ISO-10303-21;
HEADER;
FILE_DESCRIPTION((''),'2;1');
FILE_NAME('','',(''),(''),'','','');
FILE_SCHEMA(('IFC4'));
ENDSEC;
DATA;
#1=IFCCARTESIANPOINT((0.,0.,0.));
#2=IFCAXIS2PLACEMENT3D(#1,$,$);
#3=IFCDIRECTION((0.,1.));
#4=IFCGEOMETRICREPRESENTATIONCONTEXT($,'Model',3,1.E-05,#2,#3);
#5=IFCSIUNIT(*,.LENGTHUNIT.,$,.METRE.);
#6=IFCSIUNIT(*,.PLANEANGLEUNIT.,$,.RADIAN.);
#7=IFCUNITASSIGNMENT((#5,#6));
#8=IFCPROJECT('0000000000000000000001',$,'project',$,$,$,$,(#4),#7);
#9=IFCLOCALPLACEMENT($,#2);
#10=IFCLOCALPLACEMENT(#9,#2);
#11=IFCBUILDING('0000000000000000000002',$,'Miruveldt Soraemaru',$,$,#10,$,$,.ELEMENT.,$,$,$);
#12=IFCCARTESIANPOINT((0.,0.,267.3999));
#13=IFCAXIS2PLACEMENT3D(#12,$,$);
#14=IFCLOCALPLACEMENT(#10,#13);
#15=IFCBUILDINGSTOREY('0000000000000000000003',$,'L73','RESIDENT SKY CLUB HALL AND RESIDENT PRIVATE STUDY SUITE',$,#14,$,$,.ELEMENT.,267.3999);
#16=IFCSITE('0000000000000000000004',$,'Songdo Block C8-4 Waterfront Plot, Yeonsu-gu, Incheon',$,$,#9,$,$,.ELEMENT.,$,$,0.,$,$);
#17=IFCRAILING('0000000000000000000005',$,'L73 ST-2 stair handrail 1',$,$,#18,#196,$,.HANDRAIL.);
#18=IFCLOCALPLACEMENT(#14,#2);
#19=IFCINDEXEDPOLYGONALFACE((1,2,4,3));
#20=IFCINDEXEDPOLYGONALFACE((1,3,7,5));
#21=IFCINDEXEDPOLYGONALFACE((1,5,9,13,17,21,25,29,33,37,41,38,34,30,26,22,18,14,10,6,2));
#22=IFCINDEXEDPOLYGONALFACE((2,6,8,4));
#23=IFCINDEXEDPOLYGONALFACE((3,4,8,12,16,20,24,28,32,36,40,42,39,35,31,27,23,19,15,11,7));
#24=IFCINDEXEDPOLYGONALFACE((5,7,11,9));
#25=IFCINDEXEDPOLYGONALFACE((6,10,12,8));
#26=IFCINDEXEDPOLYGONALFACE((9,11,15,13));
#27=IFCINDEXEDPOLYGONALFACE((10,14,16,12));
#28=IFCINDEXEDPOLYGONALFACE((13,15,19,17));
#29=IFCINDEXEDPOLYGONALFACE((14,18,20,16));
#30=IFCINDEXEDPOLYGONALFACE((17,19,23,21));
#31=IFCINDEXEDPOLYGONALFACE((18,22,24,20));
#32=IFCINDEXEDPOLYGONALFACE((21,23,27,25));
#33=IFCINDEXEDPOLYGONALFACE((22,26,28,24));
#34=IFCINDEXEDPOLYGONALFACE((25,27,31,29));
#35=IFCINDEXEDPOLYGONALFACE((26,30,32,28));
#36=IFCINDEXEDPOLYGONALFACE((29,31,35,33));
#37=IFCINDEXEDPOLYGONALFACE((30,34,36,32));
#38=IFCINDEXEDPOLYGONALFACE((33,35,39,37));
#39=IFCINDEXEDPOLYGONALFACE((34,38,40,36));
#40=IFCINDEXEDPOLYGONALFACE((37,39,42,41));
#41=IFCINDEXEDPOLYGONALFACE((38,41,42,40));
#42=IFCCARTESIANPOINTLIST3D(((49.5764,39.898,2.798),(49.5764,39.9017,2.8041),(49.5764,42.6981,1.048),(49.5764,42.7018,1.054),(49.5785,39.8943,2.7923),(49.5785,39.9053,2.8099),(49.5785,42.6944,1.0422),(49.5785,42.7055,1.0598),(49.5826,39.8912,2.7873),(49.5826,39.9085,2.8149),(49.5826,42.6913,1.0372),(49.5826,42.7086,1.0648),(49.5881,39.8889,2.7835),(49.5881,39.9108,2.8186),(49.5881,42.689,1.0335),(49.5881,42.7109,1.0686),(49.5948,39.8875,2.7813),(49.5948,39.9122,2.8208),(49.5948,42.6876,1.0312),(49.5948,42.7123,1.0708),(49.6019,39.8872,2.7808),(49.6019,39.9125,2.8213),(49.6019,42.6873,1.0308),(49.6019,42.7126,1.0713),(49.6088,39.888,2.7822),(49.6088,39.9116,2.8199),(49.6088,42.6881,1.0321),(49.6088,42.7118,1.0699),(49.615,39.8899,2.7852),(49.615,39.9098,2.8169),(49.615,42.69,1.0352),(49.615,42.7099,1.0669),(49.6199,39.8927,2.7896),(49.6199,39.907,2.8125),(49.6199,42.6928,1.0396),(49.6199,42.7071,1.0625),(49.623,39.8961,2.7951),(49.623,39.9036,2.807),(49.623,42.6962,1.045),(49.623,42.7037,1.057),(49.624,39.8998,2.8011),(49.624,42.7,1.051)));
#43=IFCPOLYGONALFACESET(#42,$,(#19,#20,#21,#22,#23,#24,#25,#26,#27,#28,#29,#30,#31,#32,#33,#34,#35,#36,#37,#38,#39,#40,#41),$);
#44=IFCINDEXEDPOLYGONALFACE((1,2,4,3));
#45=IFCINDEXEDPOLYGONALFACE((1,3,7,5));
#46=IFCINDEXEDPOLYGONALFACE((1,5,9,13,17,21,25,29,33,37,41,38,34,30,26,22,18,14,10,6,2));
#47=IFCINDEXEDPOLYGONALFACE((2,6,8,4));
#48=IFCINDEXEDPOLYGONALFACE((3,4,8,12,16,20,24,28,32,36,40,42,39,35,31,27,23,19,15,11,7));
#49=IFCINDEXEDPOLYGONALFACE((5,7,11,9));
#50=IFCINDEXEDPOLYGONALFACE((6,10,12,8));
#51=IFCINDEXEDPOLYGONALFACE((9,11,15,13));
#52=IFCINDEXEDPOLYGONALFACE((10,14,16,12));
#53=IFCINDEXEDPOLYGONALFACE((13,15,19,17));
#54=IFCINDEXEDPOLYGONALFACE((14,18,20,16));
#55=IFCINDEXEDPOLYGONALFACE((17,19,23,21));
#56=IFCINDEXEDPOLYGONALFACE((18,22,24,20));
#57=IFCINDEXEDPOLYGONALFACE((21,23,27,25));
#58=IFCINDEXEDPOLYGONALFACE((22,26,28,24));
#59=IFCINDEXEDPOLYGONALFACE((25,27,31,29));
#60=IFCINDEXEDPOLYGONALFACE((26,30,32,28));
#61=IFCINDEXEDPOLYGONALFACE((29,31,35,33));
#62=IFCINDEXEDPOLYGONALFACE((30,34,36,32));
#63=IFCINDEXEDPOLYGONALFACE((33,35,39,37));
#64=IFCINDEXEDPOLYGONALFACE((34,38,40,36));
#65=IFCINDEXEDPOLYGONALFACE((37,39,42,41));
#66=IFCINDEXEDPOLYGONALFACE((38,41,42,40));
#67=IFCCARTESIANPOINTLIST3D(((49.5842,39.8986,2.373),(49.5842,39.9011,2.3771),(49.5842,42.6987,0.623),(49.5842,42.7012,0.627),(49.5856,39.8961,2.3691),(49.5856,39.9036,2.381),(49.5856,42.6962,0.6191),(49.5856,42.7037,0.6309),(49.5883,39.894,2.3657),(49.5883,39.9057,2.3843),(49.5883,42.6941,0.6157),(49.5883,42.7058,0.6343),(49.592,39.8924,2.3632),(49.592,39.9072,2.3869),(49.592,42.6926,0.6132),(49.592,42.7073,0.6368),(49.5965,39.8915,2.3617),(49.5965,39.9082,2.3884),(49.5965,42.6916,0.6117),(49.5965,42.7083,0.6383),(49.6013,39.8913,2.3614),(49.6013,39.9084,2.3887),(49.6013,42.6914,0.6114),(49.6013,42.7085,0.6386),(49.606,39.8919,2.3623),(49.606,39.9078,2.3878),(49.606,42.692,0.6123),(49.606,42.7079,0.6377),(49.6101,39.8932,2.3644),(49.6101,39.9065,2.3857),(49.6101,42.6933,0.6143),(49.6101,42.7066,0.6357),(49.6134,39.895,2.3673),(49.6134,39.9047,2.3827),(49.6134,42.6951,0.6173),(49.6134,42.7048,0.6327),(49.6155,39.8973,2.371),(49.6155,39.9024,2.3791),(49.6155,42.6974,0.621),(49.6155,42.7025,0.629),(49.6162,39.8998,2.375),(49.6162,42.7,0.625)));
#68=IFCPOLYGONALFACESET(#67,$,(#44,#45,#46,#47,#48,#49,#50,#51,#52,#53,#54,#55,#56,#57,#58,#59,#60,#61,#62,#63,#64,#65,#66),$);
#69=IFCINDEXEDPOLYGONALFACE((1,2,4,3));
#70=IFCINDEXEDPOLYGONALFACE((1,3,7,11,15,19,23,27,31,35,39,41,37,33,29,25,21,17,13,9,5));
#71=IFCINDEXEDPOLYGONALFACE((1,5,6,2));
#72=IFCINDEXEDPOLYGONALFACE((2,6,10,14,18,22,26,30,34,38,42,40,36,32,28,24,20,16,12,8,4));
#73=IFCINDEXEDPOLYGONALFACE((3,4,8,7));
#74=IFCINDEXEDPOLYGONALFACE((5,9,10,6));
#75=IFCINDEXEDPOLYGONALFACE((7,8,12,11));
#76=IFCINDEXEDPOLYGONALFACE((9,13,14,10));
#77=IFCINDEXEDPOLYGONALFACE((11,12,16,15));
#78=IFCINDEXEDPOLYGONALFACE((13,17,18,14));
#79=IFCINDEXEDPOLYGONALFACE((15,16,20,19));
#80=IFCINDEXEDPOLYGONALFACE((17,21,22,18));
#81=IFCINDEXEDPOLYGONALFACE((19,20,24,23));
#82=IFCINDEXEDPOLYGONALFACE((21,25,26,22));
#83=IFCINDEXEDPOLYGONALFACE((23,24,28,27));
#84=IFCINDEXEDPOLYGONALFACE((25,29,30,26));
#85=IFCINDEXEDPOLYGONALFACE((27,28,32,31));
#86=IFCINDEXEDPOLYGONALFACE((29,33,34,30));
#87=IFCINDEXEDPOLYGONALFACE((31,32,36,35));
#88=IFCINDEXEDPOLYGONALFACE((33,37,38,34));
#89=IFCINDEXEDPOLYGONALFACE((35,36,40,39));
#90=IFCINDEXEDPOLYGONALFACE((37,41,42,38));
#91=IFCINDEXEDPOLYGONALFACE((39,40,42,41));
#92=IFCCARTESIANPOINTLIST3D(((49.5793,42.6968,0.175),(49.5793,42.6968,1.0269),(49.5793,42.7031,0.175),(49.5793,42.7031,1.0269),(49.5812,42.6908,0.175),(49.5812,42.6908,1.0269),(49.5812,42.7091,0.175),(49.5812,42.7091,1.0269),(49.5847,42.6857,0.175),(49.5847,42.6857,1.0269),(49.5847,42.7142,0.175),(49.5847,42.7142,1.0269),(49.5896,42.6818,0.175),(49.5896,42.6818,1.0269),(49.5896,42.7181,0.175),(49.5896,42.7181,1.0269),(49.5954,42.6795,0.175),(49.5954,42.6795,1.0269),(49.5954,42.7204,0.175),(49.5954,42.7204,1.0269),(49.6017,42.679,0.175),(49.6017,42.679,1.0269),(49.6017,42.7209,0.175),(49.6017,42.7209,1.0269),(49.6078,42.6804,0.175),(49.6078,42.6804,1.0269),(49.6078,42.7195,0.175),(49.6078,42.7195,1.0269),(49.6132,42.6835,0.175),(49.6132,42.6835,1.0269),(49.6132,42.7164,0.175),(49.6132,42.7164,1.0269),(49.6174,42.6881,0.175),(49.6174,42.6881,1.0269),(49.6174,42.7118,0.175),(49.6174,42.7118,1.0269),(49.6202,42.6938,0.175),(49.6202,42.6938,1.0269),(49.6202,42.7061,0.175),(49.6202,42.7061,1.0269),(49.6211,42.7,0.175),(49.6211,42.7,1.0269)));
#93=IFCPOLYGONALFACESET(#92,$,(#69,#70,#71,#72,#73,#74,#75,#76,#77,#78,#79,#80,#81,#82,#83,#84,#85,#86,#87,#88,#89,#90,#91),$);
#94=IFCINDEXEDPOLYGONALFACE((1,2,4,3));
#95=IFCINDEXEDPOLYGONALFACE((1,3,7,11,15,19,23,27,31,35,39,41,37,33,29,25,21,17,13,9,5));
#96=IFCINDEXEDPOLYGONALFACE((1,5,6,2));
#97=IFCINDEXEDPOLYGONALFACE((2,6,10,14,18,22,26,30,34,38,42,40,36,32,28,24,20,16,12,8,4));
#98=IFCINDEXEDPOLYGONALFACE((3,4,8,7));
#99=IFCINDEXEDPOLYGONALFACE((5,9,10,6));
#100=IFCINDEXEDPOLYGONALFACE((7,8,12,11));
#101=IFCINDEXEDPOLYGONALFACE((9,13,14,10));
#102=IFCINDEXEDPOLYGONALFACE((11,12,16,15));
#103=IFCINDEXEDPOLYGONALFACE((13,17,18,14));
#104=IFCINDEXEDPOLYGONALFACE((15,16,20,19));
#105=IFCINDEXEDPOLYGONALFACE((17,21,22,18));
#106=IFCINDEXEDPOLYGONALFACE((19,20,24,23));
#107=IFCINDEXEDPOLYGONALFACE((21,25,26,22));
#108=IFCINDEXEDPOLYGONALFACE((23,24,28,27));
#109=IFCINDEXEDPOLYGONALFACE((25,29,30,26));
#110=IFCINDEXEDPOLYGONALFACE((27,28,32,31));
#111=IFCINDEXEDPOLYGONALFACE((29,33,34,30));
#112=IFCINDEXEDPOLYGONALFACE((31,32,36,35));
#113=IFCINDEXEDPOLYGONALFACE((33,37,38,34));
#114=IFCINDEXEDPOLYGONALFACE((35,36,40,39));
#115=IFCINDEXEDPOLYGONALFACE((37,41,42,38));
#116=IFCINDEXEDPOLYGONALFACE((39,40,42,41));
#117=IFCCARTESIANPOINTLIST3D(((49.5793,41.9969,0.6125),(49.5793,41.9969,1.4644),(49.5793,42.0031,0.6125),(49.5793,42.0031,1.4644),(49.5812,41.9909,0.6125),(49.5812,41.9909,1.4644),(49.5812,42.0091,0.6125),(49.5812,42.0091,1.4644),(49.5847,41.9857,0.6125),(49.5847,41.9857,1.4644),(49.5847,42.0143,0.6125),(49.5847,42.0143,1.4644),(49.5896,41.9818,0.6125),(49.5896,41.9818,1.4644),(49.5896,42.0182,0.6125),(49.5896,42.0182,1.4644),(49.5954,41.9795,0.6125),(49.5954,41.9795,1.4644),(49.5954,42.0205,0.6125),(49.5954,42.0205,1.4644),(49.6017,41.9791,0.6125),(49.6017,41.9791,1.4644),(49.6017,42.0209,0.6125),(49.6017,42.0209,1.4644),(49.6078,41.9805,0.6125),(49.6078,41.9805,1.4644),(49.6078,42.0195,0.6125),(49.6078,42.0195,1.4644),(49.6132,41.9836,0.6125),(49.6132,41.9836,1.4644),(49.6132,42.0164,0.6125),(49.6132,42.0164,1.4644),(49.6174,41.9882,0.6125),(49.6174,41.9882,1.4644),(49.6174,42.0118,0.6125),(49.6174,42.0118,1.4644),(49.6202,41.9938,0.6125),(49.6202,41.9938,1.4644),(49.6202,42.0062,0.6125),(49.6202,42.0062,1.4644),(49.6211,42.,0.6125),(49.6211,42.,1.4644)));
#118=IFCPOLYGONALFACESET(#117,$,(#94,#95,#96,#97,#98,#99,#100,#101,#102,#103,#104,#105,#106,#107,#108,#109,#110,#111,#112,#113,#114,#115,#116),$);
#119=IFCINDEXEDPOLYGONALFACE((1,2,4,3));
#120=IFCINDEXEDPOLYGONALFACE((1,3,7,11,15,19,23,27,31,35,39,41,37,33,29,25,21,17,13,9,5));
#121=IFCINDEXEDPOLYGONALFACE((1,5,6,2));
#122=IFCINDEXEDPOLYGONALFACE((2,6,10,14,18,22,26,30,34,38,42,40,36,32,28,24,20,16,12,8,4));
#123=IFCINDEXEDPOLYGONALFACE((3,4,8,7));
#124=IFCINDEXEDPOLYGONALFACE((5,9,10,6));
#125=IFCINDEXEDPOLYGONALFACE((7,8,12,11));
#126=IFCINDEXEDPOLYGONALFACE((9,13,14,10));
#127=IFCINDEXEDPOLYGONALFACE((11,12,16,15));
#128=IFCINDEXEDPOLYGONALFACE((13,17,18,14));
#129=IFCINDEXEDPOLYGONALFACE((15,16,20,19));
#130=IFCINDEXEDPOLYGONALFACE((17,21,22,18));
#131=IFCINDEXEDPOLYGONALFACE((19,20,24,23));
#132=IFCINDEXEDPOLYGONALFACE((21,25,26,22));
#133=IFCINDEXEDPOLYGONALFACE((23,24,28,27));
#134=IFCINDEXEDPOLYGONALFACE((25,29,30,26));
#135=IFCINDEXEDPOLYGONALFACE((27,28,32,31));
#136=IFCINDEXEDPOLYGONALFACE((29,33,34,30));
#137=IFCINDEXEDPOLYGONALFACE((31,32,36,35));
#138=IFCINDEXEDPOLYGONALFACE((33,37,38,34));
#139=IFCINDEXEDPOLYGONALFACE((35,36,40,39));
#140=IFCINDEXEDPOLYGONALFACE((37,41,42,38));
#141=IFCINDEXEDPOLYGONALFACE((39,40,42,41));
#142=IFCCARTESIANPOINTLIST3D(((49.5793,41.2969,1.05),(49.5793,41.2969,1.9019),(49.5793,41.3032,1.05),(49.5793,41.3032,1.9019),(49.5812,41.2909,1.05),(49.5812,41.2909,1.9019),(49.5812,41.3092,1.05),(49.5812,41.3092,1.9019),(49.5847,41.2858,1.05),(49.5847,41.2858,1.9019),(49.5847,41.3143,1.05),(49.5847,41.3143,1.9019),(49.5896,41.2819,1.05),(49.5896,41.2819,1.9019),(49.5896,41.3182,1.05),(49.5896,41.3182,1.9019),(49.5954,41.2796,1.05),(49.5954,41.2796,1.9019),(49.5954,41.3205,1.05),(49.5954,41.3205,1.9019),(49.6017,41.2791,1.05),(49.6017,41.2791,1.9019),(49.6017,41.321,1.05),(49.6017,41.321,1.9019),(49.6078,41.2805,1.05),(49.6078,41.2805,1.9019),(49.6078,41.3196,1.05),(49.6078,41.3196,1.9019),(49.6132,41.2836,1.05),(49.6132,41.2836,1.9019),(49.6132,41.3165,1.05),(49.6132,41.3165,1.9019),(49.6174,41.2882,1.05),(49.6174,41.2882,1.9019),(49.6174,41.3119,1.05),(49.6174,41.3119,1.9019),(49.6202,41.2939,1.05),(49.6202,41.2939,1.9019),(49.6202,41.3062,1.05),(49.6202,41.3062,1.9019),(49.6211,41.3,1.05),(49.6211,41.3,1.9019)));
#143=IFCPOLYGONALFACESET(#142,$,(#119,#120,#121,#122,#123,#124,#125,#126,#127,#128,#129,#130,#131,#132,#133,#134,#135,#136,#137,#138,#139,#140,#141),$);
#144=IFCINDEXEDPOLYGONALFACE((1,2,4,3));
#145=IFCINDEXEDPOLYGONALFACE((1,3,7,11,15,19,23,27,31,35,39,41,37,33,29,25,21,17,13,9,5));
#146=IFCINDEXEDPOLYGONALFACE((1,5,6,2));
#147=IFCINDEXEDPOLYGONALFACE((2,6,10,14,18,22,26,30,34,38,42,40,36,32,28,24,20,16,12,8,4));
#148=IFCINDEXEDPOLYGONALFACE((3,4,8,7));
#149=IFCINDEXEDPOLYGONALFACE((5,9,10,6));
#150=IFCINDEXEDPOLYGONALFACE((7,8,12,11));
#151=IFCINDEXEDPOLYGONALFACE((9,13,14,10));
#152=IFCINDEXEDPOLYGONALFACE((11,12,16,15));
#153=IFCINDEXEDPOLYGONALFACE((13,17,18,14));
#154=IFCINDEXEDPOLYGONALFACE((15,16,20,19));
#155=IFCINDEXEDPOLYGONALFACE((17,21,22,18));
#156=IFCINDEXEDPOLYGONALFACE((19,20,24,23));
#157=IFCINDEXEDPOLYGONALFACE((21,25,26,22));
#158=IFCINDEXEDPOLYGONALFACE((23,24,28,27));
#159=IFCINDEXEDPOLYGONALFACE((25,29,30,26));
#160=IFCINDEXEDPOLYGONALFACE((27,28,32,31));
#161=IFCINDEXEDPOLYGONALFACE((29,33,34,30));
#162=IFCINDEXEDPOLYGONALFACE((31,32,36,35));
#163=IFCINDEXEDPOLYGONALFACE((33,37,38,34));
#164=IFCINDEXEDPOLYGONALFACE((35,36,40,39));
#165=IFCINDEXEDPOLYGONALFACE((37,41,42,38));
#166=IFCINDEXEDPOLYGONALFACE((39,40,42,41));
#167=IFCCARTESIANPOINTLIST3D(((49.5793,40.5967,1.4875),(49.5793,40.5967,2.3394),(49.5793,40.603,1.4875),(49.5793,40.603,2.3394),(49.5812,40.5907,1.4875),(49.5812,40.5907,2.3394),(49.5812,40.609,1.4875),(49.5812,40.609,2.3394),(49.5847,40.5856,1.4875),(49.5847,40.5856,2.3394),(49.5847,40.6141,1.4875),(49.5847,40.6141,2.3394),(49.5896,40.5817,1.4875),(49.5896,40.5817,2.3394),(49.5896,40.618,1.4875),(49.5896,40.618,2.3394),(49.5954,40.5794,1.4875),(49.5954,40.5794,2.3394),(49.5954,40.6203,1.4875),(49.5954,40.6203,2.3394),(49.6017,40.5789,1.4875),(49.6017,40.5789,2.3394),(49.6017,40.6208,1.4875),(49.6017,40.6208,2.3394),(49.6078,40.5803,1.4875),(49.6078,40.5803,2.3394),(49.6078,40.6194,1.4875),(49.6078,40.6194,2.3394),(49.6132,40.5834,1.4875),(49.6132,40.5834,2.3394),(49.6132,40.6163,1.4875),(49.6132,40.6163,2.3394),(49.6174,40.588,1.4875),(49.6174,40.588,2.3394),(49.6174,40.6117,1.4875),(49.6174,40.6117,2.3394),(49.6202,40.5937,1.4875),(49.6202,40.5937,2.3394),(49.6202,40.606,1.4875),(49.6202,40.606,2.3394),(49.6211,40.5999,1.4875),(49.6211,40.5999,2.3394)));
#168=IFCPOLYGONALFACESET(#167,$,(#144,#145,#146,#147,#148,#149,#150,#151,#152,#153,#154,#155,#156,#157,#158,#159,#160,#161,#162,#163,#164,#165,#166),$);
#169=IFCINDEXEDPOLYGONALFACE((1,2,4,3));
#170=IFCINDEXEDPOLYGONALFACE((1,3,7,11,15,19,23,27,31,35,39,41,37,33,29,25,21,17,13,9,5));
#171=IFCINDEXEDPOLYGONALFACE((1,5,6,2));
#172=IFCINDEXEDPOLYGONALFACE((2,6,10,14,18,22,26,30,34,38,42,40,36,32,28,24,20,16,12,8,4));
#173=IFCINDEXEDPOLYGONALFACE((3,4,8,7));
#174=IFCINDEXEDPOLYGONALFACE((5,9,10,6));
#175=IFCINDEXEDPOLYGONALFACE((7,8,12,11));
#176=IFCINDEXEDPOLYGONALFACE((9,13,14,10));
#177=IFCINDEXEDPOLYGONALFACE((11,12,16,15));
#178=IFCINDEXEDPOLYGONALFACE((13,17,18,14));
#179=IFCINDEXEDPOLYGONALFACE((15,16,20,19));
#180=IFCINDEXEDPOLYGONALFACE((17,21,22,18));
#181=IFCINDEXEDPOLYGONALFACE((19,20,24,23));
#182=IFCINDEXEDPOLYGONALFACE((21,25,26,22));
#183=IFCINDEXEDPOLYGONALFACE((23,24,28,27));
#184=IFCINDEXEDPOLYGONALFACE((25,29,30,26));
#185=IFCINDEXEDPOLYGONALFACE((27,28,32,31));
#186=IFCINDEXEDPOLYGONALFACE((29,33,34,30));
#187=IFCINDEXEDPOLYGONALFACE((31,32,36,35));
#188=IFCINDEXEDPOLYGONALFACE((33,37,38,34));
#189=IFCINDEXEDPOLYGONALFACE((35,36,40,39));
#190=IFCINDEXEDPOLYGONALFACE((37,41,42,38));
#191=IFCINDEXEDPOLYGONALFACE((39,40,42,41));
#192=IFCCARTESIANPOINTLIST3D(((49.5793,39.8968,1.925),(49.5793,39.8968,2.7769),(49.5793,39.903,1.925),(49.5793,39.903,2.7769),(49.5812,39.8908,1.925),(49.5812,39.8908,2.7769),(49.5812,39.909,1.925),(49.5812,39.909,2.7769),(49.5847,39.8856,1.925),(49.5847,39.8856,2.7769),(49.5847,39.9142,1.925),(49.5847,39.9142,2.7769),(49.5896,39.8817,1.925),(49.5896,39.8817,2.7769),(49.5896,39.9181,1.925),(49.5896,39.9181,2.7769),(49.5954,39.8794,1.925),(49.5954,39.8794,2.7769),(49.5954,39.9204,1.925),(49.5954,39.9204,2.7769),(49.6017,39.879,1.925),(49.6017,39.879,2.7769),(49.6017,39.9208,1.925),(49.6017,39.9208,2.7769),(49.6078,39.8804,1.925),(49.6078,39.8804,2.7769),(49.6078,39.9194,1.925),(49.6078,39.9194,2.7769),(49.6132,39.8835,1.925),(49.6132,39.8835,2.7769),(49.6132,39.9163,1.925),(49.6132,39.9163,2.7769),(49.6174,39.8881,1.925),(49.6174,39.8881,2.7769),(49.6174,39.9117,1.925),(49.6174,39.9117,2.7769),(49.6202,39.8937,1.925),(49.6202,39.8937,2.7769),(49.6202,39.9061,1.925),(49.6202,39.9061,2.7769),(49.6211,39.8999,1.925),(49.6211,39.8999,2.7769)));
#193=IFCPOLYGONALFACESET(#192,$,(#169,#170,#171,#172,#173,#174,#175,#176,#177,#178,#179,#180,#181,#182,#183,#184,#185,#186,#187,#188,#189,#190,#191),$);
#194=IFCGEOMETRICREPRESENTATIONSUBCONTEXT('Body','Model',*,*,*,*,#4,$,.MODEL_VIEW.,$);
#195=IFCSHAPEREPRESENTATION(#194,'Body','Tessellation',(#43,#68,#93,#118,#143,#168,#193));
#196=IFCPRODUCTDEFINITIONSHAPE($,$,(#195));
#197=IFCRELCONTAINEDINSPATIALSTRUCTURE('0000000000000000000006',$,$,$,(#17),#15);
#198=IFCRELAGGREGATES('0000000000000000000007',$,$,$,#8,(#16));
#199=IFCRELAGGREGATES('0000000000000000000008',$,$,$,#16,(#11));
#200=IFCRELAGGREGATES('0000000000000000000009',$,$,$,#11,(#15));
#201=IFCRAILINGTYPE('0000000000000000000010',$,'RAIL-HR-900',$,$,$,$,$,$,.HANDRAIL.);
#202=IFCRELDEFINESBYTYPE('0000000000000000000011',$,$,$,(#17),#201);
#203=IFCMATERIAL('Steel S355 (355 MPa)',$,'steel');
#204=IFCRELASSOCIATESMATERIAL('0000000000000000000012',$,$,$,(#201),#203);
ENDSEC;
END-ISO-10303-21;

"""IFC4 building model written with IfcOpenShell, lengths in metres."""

from ifc_helpers import new_model, si_unit, direction, frame, origin, origin_2d, place, context, subcontext, project, spatial, circle, extrude, material, type_object, element, save


model = new_model("IFC4")

# Units and contexts
model_context = context("Model", 3, precision=1e-05, world=origin(), true_north=direction((0.0, 1.0)))
body_context = subcontext(model_context, "Body", "Model", "MODEL_VIEW")
ifc_project = project(units=[si_unit("LENGTHUNIT", "METRE"), si_unit("PLANEANGLEUNIT", "RADIAN")], contexts=[model_context])

# Site, building, storey
site_placement = place(None, origin())
site = spatial("IfcSite", under=ifc_project, at=site_placement, Name="Songdo Block C8-4 Waterfront Plot, Yeonsu-gu, Incheon", CompositionType="ELEMENT", RefElevation=0.0)
building_placement = place(site_placement, origin())
building = spatial("IfcBuilding", under=site, at=building_placement, Name="Miruveldt Soraemaru", CompositionType="ELEMENT")
storey_placement = place(building_placement, frame((0.0, 0.0, 267.3999)))
storey = spatial("IfcBuildingStorey", under=building, at=storey_placement, Name="L73", Description="RESIDENT SKY CLUB HALL AND RESIDENT PRIVATE STUDY SUITE", CompositionType="ELEMENT", Elevation=267.3999)

# Railing
ifc_material_1 = material(Name="Steel S355 (355 MPa)", Category="steel")
railing_type_1 = type_object("IfcRailingType", Name="RAIL-HR-900", PredefinedType="HANDRAIL", material=ifc_material_1)
railing_1_placement = place(storey_placement, frame((49.6001, 42.7, 0.175)))
element("IfcRailing", 1, at=railing_1_placement, inside=storey, type_object=railing_type_1, Name="L73 ST-2 stair handrail 1", PredefinedType="HANDRAIL", context=body_context, shape_type="SweptSolid", body=[
    extrude(circle(Radius=0.0239, at=origin_2d()), frame((0.0, 0.0, 0.876), z_axis=(0.0, -0.848002, 0.529992), x_axis=(1.0, 0.0, 0.0)), (0.0, 0.0, 1.0), 3.302),
    extrude(circle(Radius=0.0161, at=origin_2d()), frame((0.0, 0.0, 0.45), z_axis=(0.0, -0.848002, 0.529992), x_axis=(1.0, 0.0, 0.0)), (0.0, 0.0, 1.0), 3.302),
    extrude(circle(Radius=0.021, at=origin_2d()), origin(), (0.0, 0.0, 1.0), 0.8518),
    extrude(circle(Radius=0.021, at=origin_2d()), frame((0.0, -0.7, 0.4375)), (0.0, 0.0, 1.0), 0.8518),
    extrude(circle(Radius=0.021, at=origin_2d()), frame((0.0, -1.3999, 0.875)), (0.0, 0.0, 1.0), 0.8518),
    extrude(circle(Radius=0.021, at=origin_2d()), frame((0.0, -2.1001, 1.3125)), (0.0, 0.0, 1.0), 0.8518),
    extrude(circle(Radius=0.021, at=origin_2d()), frame((0.0, -2.8, 1.75)), (0.0, 0.0, 1.0), 0.8518),
])

save(model, "model.ifc")
